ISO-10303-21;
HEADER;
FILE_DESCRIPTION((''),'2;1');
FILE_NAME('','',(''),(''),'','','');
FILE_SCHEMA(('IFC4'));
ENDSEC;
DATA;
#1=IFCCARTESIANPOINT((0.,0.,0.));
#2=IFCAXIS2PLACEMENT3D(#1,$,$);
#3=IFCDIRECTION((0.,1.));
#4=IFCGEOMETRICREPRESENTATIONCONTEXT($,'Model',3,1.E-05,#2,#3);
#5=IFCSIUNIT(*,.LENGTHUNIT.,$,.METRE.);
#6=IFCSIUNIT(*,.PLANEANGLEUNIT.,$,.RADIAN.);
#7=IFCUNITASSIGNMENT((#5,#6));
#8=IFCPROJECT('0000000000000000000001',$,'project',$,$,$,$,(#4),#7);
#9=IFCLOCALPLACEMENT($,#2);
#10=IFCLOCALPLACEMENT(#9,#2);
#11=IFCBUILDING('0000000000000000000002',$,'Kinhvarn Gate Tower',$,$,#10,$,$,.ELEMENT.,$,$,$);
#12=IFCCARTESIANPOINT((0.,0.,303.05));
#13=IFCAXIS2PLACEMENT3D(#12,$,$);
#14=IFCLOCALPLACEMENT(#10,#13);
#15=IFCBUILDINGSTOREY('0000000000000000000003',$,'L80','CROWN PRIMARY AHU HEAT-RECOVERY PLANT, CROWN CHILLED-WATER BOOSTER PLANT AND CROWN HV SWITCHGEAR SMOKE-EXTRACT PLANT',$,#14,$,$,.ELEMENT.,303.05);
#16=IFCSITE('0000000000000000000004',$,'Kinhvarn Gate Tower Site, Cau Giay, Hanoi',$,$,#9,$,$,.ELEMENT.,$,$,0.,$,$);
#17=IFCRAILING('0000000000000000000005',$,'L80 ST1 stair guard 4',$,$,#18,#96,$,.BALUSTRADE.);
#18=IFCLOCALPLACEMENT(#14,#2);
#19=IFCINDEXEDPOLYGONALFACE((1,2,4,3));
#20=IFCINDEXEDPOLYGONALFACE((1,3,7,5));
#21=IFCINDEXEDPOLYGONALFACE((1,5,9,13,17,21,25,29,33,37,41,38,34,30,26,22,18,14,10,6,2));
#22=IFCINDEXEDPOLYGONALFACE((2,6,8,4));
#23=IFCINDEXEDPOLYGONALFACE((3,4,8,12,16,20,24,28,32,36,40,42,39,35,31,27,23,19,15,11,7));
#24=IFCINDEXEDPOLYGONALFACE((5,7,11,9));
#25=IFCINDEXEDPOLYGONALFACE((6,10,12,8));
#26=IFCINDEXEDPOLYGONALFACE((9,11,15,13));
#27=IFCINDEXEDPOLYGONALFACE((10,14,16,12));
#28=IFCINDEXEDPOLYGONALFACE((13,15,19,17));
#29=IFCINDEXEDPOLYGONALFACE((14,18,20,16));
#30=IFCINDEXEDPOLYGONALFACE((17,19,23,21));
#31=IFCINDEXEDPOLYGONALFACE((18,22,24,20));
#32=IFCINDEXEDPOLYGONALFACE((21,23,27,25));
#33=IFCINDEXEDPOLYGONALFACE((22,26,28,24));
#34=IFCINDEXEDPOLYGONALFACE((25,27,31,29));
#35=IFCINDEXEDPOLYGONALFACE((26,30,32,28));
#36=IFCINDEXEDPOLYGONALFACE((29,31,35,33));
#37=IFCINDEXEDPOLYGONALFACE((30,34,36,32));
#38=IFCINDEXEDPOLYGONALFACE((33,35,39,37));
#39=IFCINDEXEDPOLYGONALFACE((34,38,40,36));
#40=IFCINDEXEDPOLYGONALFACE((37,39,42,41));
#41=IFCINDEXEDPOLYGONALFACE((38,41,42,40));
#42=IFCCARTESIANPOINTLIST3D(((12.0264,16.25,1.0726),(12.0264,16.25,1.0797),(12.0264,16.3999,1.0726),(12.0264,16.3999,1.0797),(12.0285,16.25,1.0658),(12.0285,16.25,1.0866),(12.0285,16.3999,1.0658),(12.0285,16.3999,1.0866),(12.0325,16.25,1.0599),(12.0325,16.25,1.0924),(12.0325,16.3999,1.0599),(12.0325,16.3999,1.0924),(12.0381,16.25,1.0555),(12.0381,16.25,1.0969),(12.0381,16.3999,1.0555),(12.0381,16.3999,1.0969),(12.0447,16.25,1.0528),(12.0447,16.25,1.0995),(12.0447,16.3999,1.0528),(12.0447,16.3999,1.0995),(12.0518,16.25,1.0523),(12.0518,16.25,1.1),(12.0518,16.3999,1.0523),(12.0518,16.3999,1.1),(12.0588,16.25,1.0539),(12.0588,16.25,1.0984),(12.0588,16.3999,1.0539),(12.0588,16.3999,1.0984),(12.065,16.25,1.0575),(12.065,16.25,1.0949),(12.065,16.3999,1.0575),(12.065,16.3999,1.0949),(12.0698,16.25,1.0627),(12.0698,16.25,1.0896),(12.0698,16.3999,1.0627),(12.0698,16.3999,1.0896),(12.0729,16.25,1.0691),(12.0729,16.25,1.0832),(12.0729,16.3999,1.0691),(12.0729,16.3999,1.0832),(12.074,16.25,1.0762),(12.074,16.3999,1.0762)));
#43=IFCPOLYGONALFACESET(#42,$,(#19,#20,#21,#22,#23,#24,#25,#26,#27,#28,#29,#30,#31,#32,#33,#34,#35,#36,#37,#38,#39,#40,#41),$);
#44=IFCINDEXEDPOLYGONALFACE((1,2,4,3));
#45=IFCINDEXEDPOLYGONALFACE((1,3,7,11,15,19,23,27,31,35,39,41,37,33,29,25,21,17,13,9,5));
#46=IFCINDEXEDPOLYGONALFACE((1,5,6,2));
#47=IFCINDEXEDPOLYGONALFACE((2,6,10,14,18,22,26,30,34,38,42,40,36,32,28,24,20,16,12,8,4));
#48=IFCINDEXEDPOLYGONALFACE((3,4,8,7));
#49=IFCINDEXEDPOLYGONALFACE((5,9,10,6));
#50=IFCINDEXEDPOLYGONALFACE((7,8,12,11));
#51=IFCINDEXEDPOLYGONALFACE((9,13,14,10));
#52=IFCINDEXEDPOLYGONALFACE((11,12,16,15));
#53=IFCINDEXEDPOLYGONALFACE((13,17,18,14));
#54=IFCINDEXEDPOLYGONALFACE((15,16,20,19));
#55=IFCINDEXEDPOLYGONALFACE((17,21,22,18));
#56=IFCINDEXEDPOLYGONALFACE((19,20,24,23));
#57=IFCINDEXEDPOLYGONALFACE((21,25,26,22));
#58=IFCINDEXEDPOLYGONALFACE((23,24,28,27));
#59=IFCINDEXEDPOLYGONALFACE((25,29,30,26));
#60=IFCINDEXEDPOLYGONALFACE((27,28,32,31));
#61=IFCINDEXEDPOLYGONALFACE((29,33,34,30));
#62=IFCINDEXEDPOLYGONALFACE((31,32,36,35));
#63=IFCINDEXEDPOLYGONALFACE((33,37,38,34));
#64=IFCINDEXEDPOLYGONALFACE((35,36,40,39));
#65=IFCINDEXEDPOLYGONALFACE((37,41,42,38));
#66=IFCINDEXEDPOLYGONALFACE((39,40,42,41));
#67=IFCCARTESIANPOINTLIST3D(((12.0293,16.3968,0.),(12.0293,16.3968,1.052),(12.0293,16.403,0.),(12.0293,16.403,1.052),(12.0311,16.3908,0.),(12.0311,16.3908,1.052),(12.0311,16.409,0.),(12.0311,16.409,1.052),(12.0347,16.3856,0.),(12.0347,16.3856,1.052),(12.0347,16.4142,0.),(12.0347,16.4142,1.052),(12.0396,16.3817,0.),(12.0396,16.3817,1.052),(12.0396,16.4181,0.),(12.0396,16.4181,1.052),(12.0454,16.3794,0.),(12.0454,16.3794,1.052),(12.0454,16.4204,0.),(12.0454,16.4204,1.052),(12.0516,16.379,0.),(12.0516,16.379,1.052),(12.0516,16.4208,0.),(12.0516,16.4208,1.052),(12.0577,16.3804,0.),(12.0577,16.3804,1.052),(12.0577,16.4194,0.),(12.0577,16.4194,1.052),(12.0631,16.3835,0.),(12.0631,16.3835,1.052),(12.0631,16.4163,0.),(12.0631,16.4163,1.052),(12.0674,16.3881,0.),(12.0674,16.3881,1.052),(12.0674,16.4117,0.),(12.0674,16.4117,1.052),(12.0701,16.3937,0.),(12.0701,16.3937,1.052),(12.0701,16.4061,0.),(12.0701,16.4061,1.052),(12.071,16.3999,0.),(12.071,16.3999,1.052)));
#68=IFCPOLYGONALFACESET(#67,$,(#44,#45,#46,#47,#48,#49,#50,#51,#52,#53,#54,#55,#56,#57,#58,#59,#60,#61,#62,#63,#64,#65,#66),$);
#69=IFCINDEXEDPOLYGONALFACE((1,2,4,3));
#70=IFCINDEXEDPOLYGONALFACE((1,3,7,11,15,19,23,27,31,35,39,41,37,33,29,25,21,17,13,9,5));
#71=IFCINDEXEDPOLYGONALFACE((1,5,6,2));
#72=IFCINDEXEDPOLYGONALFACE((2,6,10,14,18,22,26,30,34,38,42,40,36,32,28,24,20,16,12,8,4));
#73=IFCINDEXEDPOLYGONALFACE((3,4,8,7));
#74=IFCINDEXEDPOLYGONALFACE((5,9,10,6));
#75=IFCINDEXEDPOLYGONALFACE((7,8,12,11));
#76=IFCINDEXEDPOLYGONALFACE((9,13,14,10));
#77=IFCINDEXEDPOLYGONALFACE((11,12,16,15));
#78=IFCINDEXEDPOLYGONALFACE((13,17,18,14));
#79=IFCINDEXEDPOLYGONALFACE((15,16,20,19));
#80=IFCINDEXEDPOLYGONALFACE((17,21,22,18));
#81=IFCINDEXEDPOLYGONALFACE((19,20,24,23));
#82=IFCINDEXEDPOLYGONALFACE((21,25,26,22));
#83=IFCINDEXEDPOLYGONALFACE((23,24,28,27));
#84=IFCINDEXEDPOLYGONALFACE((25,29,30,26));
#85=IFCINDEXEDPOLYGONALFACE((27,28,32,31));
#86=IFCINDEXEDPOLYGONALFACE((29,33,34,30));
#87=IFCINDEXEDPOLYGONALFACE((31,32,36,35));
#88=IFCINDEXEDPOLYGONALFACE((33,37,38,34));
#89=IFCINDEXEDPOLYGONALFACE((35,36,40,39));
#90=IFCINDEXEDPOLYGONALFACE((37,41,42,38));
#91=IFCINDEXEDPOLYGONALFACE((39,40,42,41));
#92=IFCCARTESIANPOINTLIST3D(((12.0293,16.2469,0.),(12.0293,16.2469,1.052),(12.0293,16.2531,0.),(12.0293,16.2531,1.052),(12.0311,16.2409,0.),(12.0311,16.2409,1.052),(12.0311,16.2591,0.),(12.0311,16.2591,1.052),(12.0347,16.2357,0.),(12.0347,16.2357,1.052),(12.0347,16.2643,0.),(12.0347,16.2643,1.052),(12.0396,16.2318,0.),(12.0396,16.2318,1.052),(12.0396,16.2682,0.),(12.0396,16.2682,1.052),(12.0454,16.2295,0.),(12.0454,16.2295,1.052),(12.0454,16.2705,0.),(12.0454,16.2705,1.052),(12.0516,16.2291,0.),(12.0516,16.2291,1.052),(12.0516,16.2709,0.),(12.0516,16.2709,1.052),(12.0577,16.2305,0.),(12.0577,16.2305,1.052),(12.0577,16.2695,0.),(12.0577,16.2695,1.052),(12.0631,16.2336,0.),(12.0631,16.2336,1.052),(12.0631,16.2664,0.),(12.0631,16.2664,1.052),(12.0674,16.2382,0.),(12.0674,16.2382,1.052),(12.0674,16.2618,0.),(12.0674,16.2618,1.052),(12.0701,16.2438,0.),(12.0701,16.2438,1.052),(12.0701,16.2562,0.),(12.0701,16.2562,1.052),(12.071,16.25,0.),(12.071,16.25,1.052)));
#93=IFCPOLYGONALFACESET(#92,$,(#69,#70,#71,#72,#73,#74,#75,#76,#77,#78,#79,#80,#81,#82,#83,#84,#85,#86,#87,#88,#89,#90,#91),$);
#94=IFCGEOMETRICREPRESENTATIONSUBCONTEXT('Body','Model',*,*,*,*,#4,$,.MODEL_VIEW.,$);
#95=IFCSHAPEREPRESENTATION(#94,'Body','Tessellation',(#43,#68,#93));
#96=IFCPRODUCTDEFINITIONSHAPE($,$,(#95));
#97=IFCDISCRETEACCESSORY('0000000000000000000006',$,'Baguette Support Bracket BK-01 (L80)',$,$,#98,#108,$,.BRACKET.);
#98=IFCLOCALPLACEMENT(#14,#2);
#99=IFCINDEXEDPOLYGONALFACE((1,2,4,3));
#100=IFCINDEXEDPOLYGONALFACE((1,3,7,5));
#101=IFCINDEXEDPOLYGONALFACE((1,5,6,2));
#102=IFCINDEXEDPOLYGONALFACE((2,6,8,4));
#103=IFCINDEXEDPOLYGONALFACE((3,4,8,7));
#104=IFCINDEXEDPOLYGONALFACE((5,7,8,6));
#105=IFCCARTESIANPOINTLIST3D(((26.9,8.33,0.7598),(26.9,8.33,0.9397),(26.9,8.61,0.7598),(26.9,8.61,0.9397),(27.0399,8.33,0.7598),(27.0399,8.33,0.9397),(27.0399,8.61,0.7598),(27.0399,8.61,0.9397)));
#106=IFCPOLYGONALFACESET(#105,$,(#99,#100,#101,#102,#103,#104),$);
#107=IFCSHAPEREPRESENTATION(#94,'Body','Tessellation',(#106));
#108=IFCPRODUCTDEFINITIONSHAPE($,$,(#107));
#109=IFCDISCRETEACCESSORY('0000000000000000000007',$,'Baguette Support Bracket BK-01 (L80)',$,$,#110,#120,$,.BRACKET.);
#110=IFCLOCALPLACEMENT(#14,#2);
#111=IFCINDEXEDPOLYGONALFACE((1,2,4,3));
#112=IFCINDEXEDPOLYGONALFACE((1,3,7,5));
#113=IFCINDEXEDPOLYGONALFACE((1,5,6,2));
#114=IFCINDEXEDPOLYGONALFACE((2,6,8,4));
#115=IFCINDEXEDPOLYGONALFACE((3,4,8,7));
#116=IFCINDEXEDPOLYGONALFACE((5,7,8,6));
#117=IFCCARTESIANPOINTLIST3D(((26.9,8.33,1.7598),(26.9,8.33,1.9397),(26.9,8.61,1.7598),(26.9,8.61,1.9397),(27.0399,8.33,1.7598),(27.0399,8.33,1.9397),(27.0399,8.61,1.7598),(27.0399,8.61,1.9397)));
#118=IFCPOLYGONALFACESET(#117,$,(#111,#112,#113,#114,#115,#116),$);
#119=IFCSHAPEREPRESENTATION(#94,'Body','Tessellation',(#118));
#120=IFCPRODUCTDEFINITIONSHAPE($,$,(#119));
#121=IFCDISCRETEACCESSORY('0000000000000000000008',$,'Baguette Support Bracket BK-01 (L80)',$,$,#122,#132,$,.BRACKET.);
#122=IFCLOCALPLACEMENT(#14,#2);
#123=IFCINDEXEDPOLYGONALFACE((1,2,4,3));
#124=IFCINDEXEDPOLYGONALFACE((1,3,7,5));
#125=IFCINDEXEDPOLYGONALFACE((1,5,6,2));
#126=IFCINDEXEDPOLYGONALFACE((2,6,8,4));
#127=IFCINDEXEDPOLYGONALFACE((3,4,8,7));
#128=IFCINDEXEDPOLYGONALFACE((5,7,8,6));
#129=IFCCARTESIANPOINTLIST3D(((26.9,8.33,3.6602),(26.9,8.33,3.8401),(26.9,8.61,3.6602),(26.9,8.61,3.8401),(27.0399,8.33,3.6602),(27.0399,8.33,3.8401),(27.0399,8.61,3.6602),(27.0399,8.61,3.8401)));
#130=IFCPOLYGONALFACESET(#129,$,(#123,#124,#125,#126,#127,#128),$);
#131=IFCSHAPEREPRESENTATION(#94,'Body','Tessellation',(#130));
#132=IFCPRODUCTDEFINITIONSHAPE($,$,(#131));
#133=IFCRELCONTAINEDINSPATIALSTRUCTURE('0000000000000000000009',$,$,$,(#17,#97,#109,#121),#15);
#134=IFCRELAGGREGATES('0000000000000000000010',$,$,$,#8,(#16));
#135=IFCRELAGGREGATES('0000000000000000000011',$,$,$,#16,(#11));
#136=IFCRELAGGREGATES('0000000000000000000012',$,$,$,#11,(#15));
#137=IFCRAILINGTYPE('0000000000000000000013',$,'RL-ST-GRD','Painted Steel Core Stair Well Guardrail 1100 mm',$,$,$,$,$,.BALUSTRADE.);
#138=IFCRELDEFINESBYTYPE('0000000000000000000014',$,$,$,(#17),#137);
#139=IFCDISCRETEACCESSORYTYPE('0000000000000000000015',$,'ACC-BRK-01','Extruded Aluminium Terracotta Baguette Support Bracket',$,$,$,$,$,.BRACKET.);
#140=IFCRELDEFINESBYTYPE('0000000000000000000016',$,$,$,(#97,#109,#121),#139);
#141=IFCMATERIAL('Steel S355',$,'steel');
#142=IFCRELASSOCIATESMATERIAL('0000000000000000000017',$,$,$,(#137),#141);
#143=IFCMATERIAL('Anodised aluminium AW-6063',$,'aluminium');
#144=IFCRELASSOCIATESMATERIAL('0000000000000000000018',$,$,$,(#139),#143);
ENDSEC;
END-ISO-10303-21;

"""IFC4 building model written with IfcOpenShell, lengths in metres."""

from ifc_helpers import new_model, si_unit, direction, frame, origin, origin_2d, place, context, subcontext, project, spatial, rectangle, circle, extrude, material, type_object, element, save


model = new_model("IFC4")

# Units and contexts
model_context = context("Model", 3, precision=1e-05, world=origin(), true_north=direction((0.0, 1.0)))
body_context = subcontext(model_context, "Body", "Model", "MODEL_VIEW")
ifc_project = project(units=[si_unit("LENGTHUNIT", "METRE"), si_unit("PLANEANGLEUNIT", "RADIAN")], contexts=[model_context])

# Site, building, storey
site_placement = place(None, origin())
site = spatial("IfcSite", under=ifc_project, at=site_placement, Name="Kinhvarn Gate Tower Site, Cau Giay, Hanoi", CompositionType="ELEMENT", RefElevation=0.0)
building_placement = place(site_placement, origin())
building = spatial("IfcBuilding", under=site, at=building_placement, Name="Kinhvarn Gate Tower", CompositionType="ELEMENT")
storey_placement = place(building_placement, frame((0.0, 0.0, 303.05)))
storey = spatial("IfcBuildingStorey", under=building, at=storey_placement, Name="L80", Description="CROWN PRIMARY AHU HEAT-RECOVERY PLANT, CROWN CHILLED-WATER BOOSTER PLANT AND CROWN HV SWITCHGEAR SMOKE-EXTRACT PLANT", CompositionType="ELEMENT", Elevation=303.05)

# Shared definitions
ifc_material_1 = material(Name="Steel S355", Category="steel")

# Shared definitions
ifc_material_2 = material(Name="Anodised aluminium AW-6063", Category="aluminium")

# Railing
railing_type = type_object("IfcRailingType", Name="RL-ST-GRD", Description="Painted Steel Core Stair Well Guardrail 1100 mm", PredefinedType="BALUSTRADE", material=ifc_material_1)
railing_placement = place(storey_placement, frame((12.05, 16.3999, 0.0)))
element("IfcRailing", 1, at=railing_placement, inside=storey, type_object=railing_type, Name="L80 ST1 stair guard 4", PredefinedType="BALUSTRADE", context=body_context, shape_type="SweptSolid", body=[
    extrude(circle(Radius=0.0239, at=origin_2d()), frame((0.0, 0.0, 1.0762), z_axis=(0.0, -1.0, 0.0), x_axis=(1.0, 0.0, 0.0)), (0.0, 0.0, 1.0), 0.1499),
    extrude(circle(Radius=0.021, at=origin_2d()), origin(), (0.0, 0.0, 1.0), 1.052),
    extrude(circle(Radius=0.021, at=origin_2d()), frame((0.0, -0.1499, 0.0)), (0.0, 0.0, 1.0), 1.052),
])

# Discrete accessories
discrete_accessory_type = type_object("IfcDiscreteAccessoryType", Name="ACC-BRK-01", Description="Extruded Aluminium Terracotta Baguette Support Bracket", PredefinedType="BRACKET", material=ifc_material_2)
for number, where, z_axis, x_axis, name in (
    (2, (26.97, 8.47, 0.7598), (0.0, 0.0, 1.0), (1.0, 0.0, 0.0), "Baguette Support Bracket BK-01 (L80)"),
    (3, (26.97, 8.47, 1.7598), (0.0, 0.0, 1.0), (1.0, 0.0, 0.0), "Baguette Support Bracket BK-01 (L80)"),
    (4, (26.97, 8.47, 3.6602), (0.0, 0.0, 1.0), (1.0, 0.0, 0.0), "Baguette Support Bracket BK-01 (L80)"),
):
    element("IfcDiscreteAccessory", number, at=place(storey_placement, frame(where, z_axis=z_axis, x_axis=x_axis)), inside=storey, type_object=discrete_accessory_type, Name=name, PredefinedType="BRACKET", context=body_context, shape_type="SweptSolid", body=[
        extrude(rectangle(XDim=0.1399, YDim=0.28, at=origin_2d()), origin(), (0.0, 0.0, 1.0), 0.1799),
    ])

save(model, "model.ifc")
